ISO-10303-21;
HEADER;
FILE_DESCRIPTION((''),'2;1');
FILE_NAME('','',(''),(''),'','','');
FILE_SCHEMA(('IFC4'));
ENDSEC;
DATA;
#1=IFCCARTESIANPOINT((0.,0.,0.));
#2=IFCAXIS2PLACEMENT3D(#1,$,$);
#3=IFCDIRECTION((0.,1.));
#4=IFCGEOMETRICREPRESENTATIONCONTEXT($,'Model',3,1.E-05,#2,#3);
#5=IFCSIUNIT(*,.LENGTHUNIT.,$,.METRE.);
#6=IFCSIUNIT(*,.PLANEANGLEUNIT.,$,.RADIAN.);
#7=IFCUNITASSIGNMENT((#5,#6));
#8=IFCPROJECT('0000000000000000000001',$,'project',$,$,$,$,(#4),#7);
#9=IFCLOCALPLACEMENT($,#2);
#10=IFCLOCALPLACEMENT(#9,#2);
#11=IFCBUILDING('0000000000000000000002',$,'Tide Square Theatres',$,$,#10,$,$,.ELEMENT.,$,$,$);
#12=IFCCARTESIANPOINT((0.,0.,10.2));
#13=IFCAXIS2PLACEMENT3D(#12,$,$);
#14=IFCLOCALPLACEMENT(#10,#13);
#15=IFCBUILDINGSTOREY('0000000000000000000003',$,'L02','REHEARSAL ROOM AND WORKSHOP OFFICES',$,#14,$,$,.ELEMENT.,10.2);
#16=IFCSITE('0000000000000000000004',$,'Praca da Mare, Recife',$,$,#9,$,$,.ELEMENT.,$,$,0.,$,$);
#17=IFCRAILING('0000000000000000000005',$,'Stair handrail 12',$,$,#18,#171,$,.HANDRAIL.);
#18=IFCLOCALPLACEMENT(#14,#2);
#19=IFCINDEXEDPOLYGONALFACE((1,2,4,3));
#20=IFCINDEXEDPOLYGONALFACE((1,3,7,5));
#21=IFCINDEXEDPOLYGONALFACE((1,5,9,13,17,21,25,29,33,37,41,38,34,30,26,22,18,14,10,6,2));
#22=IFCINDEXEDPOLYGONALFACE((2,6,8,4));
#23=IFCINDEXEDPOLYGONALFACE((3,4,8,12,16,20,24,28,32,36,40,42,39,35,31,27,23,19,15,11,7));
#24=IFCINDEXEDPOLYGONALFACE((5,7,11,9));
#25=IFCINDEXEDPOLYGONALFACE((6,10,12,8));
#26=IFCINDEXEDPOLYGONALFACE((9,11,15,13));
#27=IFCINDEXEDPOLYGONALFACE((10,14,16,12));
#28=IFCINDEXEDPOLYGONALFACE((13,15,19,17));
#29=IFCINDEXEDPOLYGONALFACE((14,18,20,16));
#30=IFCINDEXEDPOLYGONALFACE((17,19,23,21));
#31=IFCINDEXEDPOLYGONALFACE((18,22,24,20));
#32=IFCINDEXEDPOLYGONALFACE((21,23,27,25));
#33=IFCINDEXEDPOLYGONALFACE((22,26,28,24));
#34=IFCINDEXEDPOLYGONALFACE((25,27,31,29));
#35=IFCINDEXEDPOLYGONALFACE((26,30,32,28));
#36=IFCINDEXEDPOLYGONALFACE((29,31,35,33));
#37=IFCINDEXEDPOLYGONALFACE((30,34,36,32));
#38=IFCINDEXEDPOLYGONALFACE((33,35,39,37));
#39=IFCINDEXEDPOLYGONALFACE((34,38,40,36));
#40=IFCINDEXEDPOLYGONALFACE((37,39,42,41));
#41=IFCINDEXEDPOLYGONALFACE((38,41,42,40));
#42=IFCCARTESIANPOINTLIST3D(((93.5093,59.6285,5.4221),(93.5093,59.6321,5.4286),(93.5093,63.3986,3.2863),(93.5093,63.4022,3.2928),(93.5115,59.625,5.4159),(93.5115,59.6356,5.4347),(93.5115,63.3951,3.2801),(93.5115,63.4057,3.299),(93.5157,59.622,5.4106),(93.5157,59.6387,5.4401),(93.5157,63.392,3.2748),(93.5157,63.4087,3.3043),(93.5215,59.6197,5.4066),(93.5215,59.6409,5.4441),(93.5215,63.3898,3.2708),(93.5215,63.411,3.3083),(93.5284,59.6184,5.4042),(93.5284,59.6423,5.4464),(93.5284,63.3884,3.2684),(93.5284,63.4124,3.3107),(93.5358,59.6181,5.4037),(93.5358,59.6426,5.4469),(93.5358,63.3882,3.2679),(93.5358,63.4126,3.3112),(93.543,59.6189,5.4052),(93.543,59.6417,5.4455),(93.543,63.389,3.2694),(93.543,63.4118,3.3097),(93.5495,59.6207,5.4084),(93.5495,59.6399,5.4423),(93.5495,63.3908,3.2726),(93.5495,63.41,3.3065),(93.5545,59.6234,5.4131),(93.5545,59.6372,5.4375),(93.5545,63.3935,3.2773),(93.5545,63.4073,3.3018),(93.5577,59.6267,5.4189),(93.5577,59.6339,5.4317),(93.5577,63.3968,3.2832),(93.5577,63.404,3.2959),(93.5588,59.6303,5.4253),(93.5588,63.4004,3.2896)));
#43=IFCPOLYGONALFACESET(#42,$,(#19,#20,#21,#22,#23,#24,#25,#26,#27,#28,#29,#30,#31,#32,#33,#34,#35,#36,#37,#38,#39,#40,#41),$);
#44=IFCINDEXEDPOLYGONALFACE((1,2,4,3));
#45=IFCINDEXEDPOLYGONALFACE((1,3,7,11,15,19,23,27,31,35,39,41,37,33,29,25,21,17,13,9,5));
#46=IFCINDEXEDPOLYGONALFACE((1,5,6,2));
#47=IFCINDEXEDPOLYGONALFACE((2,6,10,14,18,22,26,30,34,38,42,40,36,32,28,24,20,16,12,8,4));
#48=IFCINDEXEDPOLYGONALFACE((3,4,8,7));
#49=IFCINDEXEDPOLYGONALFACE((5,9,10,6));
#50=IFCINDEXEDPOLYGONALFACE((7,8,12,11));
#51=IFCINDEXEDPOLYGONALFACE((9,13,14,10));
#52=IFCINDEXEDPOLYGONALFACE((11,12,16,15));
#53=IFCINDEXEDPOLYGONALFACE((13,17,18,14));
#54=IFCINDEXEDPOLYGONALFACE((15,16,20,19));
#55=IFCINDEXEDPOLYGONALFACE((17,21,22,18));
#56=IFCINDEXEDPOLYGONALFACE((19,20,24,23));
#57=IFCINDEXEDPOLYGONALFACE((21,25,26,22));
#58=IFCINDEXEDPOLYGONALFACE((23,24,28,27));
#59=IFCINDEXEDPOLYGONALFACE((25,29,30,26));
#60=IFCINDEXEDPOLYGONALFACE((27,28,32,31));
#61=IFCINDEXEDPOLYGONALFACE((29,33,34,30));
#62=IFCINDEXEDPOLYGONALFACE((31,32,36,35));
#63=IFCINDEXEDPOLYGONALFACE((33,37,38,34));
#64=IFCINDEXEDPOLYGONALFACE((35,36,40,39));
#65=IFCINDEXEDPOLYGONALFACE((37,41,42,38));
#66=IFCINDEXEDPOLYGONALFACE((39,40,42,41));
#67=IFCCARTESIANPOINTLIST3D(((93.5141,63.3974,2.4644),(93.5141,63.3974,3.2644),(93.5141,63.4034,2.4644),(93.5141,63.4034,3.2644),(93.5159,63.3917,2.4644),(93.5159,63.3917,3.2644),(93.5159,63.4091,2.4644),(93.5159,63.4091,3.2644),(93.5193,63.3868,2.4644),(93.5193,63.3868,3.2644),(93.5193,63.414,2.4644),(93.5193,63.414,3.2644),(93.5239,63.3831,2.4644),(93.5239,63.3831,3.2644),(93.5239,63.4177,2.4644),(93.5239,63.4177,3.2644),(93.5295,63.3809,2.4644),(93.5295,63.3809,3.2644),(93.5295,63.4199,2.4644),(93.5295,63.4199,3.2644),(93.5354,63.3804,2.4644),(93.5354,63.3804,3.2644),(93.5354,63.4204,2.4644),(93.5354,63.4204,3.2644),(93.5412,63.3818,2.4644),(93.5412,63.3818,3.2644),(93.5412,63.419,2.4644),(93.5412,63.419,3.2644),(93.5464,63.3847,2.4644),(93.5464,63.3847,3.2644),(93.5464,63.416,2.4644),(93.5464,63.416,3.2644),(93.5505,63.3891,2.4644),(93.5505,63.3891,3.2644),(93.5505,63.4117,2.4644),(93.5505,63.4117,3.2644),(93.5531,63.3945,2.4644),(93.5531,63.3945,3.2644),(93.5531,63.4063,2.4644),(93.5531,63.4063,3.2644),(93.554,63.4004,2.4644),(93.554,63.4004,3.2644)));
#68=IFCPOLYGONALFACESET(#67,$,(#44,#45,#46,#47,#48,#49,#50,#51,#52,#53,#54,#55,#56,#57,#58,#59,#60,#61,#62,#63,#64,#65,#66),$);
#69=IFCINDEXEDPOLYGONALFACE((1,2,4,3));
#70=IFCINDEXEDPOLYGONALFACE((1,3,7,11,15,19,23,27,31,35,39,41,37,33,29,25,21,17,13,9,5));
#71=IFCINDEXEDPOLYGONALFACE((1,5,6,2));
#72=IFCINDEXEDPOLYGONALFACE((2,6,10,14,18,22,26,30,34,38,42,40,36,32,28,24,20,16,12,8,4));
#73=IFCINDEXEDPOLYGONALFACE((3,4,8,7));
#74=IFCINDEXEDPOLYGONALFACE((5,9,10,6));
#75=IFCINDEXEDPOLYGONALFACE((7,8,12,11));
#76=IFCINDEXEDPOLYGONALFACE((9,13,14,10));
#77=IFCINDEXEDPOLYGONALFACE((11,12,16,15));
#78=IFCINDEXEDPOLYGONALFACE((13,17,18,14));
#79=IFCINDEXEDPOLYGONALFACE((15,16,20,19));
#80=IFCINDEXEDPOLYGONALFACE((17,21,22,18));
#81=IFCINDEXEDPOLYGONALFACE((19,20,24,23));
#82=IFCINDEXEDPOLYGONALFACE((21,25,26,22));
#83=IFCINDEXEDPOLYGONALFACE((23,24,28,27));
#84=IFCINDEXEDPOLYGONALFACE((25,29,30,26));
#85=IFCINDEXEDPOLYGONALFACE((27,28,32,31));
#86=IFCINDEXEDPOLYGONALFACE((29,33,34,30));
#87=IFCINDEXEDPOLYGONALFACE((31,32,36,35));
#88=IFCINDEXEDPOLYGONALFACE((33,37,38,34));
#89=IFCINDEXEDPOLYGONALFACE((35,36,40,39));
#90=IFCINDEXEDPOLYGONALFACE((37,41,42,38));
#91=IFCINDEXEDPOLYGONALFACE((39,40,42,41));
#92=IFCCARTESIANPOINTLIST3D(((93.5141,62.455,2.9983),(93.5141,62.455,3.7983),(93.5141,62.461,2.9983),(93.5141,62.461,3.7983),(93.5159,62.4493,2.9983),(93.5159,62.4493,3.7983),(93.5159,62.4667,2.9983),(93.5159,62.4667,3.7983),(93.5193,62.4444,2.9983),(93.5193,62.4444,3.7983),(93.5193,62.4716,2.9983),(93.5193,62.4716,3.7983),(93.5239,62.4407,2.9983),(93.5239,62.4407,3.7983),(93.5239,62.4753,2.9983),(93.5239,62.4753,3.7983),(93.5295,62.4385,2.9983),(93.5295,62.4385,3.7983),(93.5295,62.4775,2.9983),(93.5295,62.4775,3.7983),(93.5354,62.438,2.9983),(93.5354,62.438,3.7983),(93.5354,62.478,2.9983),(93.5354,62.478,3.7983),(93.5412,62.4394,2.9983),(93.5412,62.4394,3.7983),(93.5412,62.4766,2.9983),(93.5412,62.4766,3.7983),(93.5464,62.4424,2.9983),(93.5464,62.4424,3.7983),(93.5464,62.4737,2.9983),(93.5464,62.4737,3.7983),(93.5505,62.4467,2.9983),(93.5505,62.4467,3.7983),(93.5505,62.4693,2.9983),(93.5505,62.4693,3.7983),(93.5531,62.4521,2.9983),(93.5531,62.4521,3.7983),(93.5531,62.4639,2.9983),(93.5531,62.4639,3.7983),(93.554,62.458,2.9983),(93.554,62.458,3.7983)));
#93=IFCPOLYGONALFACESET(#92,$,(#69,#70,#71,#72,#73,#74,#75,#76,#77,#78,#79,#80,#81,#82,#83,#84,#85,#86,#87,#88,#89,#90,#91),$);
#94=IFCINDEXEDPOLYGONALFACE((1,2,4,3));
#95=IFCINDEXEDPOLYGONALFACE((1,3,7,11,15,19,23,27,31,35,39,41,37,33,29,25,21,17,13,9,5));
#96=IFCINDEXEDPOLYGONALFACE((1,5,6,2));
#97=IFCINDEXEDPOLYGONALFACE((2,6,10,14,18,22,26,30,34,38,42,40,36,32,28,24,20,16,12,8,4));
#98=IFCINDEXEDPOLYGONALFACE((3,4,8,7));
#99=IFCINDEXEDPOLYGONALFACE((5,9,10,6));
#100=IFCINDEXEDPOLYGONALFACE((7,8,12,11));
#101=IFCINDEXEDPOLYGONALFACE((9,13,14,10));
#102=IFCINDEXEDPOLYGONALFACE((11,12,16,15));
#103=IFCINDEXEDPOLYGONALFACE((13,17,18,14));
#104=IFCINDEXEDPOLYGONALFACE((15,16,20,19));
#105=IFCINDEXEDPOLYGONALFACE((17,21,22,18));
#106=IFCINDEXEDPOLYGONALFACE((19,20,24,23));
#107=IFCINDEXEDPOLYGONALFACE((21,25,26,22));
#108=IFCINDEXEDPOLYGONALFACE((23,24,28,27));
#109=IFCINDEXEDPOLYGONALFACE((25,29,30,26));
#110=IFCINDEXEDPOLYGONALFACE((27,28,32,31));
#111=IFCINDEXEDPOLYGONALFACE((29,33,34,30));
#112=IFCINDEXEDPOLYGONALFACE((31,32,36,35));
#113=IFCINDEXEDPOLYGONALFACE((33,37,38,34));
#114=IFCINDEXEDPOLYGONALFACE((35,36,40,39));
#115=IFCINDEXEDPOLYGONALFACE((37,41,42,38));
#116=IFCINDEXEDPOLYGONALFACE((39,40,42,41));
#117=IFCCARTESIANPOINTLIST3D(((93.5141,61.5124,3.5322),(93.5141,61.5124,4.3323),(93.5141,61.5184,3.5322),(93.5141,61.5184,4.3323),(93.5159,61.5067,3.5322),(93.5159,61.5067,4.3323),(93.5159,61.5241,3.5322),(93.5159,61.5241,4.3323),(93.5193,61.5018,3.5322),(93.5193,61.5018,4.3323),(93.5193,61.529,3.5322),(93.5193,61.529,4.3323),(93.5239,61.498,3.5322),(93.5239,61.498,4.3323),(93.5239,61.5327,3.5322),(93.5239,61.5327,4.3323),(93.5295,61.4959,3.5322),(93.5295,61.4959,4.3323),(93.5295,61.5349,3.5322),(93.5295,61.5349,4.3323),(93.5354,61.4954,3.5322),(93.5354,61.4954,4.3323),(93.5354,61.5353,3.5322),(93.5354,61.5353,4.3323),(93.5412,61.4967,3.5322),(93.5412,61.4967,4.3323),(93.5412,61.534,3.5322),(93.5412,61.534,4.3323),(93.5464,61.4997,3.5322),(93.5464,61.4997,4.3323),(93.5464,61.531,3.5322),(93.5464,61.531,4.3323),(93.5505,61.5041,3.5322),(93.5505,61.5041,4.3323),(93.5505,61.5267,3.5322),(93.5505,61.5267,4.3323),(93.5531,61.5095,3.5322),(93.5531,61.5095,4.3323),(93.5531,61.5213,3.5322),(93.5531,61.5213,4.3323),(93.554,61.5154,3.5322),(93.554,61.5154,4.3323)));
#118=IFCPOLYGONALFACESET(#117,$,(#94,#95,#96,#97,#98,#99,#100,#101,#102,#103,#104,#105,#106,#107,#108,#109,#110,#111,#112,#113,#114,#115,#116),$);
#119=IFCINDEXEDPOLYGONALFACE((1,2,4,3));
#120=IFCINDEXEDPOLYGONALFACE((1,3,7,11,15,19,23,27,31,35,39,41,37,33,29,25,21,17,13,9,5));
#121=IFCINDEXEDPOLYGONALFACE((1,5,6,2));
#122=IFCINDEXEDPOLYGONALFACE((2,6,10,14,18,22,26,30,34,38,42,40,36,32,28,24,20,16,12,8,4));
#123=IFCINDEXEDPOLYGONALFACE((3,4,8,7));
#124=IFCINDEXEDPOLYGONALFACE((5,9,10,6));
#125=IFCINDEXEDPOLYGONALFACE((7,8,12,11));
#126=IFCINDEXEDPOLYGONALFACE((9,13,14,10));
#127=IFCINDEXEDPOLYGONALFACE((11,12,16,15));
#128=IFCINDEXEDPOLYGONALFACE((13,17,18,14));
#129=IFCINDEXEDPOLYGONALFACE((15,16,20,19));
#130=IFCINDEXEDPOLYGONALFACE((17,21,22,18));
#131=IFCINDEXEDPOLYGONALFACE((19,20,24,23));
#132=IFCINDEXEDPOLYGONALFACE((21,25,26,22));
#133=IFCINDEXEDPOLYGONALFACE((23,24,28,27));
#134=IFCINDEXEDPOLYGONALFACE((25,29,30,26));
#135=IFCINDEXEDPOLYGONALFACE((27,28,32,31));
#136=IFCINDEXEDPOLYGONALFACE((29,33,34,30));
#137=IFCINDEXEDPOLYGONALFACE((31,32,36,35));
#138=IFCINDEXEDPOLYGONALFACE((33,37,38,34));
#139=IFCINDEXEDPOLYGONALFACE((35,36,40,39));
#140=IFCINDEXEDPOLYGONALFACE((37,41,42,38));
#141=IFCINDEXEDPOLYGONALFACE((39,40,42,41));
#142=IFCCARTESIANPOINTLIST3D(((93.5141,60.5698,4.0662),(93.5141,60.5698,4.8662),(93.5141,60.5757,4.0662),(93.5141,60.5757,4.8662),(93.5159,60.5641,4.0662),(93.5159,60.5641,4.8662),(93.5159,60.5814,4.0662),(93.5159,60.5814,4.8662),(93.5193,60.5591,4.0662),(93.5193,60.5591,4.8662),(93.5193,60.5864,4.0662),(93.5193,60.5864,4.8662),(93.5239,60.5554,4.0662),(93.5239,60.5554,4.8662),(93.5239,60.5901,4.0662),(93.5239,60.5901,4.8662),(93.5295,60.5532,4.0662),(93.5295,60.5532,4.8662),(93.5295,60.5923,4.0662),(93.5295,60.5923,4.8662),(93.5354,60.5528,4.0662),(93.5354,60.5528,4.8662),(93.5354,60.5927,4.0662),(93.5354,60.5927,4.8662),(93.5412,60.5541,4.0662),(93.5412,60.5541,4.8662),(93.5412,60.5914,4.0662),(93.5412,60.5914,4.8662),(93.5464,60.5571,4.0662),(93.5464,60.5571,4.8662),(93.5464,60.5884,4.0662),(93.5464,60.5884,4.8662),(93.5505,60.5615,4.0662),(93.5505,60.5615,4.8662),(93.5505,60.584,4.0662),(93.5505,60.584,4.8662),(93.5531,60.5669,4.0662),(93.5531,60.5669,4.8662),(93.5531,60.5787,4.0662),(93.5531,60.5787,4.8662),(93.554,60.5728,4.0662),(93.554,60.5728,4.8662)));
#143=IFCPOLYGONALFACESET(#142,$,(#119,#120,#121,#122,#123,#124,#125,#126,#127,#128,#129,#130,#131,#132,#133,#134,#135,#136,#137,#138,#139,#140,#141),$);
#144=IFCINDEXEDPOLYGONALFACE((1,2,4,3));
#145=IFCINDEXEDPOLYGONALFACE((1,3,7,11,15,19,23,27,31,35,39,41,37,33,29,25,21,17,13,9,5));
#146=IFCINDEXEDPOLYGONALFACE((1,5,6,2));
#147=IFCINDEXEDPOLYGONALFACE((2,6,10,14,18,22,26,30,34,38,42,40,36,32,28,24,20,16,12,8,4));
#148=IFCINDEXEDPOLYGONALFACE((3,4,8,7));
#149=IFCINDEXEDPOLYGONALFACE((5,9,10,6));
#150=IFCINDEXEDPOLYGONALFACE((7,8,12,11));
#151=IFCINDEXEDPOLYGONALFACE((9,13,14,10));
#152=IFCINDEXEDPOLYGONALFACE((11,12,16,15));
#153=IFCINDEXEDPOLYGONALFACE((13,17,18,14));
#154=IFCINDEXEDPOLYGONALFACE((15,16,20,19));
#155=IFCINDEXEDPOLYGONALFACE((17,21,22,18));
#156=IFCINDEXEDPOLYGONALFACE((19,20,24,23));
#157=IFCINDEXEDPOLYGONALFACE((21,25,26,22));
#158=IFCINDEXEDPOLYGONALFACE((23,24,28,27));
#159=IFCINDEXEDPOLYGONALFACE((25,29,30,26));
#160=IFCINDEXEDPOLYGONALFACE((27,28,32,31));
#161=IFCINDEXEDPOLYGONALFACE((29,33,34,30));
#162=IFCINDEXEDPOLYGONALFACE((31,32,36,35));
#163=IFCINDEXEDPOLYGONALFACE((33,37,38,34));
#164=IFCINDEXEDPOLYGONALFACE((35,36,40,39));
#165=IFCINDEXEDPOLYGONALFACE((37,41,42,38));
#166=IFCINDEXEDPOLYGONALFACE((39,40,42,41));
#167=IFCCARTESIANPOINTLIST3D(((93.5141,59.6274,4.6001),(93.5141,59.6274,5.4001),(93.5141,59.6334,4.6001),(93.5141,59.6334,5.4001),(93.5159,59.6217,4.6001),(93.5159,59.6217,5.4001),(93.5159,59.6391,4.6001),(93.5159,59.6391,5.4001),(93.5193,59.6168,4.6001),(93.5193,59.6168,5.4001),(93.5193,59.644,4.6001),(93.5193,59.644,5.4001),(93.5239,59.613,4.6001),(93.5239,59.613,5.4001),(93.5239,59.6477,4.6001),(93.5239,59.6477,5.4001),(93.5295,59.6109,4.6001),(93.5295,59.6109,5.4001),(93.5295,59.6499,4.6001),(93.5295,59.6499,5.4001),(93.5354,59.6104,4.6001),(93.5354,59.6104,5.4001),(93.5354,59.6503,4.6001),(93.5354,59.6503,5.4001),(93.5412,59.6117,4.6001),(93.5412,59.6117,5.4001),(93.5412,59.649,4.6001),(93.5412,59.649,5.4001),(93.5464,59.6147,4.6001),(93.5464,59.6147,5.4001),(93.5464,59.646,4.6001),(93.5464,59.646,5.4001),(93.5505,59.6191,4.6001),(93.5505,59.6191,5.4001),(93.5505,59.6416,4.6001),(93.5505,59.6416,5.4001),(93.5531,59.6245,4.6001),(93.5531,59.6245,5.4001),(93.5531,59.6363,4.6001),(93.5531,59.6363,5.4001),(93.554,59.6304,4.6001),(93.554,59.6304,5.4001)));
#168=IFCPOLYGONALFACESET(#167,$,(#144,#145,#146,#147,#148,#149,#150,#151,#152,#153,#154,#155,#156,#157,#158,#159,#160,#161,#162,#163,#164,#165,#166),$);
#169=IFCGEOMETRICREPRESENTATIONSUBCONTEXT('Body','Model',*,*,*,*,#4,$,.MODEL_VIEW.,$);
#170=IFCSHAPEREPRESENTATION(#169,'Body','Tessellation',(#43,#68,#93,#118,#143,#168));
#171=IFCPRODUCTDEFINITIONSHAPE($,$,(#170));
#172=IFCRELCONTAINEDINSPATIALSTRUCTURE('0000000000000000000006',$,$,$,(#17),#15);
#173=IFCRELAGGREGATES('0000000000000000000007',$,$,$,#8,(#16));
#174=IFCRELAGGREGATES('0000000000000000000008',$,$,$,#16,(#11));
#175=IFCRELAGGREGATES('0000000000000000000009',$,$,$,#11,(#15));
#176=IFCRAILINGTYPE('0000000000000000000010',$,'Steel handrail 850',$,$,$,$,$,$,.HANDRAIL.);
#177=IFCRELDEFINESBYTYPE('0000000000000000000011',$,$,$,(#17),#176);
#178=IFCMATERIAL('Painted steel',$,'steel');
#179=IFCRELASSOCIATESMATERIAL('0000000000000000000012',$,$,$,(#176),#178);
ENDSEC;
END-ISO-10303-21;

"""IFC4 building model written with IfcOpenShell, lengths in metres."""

from ifc_helpers import new_model, si_unit, direction, frame, origin, origin_2d, place, context, subcontext, project, spatial, circle, extrude, material, type_object, element, save


model = new_model("IFC4")

# Units and contexts
model_context = context("Model", 3, precision=1e-05, world=origin(), true_north=direction((0.0, 1.0)))
body_context = subcontext(model_context, "Body", "Model", "MODEL_VIEW")
ifc_project = project(units=[si_unit("LENGTHUNIT", "METRE"), si_unit("PLANEANGLEUNIT", "RADIAN")], contexts=[model_context])

# Site, building, storey
site_placement = place(None, origin())
site = spatial("IfcSite", under=ifc_project, at=site_placement, Name="Praca da Mare, Recife", CompositionType="ELEMENT", RefElevation=0.0)
building_placement = place(site_placement, origin())
building = spatial("IfcBuilding", under=site, at=building_placement, Name="Tide Square Theatres", CompositionType="ELEMENT")
storey_placement = place(building_placement, frame((0.0, 0.0, 10.2)))
storey = spatial("IfcBuildingStorey", under=building, at=storey_placement, Name="L02", Description="REHEARSAL ROOM AND WORKSHOP OFFICES", CompositionType="ELEMENT", Elevation=10.2)

# Railing
ifc_material_1 = material(Name="Painted steel", Category="steel")
railing_type_1 = type_object("IfcRailingType", Name="Steel handrail 850", PredefinedType="HANDRAIL", material=ifc_material_1)
for number, where, name in (
    (1, (93.5339, 63.4004, 2.4644), "Stair handrail 12"),
):
    element("IfcRailing", number, at=place(storey_placement, frame(where)), inside=storey, type_object=railing_type_1, Name=name, PredefinedType="HANDRAIL", context=body_context, shape_type="SweptSolid", body=[
        extrude(circle(Radius=0.0249, at=origin_2d()), frame((0.0, 0.0, 0.8252), z_axis=(0.0, -0.870082, 0.492907), x_axis=(1.0, 0.0, 0.0)), (0.0, 0.0, 1.0), 4.333),
        extrude(circle(Radius=0.02, at=origin_2d()), origin(), (0.0, 0.0, 1.0), 0.8),
        extrude(circle(Radius=0.02, at=origin_2d()), frame((0.0, -0.9424, 0.5339)), (0.0, 0.0, 1.0), 0.8),
        extrude(circle(Radius=0.02, at=origin_2d()), frame((0.0, -1.885, 1.0679)), (0.0, 0.0, 1.0), 0.8),
        extrude(circle(Radius=0.02, at=origin_2d()), frame((0.0, -2.8276, 1.6018)), (0.0, 0.0, 1.0), 0.8),
        extrude(circle(Radius=0.02, at=origin_2d()), frame((0.0, -3.77, 2.1357)), (0.0, 0.0, 1.0), 0.8),
    ])

save(model, "model.ifc")
